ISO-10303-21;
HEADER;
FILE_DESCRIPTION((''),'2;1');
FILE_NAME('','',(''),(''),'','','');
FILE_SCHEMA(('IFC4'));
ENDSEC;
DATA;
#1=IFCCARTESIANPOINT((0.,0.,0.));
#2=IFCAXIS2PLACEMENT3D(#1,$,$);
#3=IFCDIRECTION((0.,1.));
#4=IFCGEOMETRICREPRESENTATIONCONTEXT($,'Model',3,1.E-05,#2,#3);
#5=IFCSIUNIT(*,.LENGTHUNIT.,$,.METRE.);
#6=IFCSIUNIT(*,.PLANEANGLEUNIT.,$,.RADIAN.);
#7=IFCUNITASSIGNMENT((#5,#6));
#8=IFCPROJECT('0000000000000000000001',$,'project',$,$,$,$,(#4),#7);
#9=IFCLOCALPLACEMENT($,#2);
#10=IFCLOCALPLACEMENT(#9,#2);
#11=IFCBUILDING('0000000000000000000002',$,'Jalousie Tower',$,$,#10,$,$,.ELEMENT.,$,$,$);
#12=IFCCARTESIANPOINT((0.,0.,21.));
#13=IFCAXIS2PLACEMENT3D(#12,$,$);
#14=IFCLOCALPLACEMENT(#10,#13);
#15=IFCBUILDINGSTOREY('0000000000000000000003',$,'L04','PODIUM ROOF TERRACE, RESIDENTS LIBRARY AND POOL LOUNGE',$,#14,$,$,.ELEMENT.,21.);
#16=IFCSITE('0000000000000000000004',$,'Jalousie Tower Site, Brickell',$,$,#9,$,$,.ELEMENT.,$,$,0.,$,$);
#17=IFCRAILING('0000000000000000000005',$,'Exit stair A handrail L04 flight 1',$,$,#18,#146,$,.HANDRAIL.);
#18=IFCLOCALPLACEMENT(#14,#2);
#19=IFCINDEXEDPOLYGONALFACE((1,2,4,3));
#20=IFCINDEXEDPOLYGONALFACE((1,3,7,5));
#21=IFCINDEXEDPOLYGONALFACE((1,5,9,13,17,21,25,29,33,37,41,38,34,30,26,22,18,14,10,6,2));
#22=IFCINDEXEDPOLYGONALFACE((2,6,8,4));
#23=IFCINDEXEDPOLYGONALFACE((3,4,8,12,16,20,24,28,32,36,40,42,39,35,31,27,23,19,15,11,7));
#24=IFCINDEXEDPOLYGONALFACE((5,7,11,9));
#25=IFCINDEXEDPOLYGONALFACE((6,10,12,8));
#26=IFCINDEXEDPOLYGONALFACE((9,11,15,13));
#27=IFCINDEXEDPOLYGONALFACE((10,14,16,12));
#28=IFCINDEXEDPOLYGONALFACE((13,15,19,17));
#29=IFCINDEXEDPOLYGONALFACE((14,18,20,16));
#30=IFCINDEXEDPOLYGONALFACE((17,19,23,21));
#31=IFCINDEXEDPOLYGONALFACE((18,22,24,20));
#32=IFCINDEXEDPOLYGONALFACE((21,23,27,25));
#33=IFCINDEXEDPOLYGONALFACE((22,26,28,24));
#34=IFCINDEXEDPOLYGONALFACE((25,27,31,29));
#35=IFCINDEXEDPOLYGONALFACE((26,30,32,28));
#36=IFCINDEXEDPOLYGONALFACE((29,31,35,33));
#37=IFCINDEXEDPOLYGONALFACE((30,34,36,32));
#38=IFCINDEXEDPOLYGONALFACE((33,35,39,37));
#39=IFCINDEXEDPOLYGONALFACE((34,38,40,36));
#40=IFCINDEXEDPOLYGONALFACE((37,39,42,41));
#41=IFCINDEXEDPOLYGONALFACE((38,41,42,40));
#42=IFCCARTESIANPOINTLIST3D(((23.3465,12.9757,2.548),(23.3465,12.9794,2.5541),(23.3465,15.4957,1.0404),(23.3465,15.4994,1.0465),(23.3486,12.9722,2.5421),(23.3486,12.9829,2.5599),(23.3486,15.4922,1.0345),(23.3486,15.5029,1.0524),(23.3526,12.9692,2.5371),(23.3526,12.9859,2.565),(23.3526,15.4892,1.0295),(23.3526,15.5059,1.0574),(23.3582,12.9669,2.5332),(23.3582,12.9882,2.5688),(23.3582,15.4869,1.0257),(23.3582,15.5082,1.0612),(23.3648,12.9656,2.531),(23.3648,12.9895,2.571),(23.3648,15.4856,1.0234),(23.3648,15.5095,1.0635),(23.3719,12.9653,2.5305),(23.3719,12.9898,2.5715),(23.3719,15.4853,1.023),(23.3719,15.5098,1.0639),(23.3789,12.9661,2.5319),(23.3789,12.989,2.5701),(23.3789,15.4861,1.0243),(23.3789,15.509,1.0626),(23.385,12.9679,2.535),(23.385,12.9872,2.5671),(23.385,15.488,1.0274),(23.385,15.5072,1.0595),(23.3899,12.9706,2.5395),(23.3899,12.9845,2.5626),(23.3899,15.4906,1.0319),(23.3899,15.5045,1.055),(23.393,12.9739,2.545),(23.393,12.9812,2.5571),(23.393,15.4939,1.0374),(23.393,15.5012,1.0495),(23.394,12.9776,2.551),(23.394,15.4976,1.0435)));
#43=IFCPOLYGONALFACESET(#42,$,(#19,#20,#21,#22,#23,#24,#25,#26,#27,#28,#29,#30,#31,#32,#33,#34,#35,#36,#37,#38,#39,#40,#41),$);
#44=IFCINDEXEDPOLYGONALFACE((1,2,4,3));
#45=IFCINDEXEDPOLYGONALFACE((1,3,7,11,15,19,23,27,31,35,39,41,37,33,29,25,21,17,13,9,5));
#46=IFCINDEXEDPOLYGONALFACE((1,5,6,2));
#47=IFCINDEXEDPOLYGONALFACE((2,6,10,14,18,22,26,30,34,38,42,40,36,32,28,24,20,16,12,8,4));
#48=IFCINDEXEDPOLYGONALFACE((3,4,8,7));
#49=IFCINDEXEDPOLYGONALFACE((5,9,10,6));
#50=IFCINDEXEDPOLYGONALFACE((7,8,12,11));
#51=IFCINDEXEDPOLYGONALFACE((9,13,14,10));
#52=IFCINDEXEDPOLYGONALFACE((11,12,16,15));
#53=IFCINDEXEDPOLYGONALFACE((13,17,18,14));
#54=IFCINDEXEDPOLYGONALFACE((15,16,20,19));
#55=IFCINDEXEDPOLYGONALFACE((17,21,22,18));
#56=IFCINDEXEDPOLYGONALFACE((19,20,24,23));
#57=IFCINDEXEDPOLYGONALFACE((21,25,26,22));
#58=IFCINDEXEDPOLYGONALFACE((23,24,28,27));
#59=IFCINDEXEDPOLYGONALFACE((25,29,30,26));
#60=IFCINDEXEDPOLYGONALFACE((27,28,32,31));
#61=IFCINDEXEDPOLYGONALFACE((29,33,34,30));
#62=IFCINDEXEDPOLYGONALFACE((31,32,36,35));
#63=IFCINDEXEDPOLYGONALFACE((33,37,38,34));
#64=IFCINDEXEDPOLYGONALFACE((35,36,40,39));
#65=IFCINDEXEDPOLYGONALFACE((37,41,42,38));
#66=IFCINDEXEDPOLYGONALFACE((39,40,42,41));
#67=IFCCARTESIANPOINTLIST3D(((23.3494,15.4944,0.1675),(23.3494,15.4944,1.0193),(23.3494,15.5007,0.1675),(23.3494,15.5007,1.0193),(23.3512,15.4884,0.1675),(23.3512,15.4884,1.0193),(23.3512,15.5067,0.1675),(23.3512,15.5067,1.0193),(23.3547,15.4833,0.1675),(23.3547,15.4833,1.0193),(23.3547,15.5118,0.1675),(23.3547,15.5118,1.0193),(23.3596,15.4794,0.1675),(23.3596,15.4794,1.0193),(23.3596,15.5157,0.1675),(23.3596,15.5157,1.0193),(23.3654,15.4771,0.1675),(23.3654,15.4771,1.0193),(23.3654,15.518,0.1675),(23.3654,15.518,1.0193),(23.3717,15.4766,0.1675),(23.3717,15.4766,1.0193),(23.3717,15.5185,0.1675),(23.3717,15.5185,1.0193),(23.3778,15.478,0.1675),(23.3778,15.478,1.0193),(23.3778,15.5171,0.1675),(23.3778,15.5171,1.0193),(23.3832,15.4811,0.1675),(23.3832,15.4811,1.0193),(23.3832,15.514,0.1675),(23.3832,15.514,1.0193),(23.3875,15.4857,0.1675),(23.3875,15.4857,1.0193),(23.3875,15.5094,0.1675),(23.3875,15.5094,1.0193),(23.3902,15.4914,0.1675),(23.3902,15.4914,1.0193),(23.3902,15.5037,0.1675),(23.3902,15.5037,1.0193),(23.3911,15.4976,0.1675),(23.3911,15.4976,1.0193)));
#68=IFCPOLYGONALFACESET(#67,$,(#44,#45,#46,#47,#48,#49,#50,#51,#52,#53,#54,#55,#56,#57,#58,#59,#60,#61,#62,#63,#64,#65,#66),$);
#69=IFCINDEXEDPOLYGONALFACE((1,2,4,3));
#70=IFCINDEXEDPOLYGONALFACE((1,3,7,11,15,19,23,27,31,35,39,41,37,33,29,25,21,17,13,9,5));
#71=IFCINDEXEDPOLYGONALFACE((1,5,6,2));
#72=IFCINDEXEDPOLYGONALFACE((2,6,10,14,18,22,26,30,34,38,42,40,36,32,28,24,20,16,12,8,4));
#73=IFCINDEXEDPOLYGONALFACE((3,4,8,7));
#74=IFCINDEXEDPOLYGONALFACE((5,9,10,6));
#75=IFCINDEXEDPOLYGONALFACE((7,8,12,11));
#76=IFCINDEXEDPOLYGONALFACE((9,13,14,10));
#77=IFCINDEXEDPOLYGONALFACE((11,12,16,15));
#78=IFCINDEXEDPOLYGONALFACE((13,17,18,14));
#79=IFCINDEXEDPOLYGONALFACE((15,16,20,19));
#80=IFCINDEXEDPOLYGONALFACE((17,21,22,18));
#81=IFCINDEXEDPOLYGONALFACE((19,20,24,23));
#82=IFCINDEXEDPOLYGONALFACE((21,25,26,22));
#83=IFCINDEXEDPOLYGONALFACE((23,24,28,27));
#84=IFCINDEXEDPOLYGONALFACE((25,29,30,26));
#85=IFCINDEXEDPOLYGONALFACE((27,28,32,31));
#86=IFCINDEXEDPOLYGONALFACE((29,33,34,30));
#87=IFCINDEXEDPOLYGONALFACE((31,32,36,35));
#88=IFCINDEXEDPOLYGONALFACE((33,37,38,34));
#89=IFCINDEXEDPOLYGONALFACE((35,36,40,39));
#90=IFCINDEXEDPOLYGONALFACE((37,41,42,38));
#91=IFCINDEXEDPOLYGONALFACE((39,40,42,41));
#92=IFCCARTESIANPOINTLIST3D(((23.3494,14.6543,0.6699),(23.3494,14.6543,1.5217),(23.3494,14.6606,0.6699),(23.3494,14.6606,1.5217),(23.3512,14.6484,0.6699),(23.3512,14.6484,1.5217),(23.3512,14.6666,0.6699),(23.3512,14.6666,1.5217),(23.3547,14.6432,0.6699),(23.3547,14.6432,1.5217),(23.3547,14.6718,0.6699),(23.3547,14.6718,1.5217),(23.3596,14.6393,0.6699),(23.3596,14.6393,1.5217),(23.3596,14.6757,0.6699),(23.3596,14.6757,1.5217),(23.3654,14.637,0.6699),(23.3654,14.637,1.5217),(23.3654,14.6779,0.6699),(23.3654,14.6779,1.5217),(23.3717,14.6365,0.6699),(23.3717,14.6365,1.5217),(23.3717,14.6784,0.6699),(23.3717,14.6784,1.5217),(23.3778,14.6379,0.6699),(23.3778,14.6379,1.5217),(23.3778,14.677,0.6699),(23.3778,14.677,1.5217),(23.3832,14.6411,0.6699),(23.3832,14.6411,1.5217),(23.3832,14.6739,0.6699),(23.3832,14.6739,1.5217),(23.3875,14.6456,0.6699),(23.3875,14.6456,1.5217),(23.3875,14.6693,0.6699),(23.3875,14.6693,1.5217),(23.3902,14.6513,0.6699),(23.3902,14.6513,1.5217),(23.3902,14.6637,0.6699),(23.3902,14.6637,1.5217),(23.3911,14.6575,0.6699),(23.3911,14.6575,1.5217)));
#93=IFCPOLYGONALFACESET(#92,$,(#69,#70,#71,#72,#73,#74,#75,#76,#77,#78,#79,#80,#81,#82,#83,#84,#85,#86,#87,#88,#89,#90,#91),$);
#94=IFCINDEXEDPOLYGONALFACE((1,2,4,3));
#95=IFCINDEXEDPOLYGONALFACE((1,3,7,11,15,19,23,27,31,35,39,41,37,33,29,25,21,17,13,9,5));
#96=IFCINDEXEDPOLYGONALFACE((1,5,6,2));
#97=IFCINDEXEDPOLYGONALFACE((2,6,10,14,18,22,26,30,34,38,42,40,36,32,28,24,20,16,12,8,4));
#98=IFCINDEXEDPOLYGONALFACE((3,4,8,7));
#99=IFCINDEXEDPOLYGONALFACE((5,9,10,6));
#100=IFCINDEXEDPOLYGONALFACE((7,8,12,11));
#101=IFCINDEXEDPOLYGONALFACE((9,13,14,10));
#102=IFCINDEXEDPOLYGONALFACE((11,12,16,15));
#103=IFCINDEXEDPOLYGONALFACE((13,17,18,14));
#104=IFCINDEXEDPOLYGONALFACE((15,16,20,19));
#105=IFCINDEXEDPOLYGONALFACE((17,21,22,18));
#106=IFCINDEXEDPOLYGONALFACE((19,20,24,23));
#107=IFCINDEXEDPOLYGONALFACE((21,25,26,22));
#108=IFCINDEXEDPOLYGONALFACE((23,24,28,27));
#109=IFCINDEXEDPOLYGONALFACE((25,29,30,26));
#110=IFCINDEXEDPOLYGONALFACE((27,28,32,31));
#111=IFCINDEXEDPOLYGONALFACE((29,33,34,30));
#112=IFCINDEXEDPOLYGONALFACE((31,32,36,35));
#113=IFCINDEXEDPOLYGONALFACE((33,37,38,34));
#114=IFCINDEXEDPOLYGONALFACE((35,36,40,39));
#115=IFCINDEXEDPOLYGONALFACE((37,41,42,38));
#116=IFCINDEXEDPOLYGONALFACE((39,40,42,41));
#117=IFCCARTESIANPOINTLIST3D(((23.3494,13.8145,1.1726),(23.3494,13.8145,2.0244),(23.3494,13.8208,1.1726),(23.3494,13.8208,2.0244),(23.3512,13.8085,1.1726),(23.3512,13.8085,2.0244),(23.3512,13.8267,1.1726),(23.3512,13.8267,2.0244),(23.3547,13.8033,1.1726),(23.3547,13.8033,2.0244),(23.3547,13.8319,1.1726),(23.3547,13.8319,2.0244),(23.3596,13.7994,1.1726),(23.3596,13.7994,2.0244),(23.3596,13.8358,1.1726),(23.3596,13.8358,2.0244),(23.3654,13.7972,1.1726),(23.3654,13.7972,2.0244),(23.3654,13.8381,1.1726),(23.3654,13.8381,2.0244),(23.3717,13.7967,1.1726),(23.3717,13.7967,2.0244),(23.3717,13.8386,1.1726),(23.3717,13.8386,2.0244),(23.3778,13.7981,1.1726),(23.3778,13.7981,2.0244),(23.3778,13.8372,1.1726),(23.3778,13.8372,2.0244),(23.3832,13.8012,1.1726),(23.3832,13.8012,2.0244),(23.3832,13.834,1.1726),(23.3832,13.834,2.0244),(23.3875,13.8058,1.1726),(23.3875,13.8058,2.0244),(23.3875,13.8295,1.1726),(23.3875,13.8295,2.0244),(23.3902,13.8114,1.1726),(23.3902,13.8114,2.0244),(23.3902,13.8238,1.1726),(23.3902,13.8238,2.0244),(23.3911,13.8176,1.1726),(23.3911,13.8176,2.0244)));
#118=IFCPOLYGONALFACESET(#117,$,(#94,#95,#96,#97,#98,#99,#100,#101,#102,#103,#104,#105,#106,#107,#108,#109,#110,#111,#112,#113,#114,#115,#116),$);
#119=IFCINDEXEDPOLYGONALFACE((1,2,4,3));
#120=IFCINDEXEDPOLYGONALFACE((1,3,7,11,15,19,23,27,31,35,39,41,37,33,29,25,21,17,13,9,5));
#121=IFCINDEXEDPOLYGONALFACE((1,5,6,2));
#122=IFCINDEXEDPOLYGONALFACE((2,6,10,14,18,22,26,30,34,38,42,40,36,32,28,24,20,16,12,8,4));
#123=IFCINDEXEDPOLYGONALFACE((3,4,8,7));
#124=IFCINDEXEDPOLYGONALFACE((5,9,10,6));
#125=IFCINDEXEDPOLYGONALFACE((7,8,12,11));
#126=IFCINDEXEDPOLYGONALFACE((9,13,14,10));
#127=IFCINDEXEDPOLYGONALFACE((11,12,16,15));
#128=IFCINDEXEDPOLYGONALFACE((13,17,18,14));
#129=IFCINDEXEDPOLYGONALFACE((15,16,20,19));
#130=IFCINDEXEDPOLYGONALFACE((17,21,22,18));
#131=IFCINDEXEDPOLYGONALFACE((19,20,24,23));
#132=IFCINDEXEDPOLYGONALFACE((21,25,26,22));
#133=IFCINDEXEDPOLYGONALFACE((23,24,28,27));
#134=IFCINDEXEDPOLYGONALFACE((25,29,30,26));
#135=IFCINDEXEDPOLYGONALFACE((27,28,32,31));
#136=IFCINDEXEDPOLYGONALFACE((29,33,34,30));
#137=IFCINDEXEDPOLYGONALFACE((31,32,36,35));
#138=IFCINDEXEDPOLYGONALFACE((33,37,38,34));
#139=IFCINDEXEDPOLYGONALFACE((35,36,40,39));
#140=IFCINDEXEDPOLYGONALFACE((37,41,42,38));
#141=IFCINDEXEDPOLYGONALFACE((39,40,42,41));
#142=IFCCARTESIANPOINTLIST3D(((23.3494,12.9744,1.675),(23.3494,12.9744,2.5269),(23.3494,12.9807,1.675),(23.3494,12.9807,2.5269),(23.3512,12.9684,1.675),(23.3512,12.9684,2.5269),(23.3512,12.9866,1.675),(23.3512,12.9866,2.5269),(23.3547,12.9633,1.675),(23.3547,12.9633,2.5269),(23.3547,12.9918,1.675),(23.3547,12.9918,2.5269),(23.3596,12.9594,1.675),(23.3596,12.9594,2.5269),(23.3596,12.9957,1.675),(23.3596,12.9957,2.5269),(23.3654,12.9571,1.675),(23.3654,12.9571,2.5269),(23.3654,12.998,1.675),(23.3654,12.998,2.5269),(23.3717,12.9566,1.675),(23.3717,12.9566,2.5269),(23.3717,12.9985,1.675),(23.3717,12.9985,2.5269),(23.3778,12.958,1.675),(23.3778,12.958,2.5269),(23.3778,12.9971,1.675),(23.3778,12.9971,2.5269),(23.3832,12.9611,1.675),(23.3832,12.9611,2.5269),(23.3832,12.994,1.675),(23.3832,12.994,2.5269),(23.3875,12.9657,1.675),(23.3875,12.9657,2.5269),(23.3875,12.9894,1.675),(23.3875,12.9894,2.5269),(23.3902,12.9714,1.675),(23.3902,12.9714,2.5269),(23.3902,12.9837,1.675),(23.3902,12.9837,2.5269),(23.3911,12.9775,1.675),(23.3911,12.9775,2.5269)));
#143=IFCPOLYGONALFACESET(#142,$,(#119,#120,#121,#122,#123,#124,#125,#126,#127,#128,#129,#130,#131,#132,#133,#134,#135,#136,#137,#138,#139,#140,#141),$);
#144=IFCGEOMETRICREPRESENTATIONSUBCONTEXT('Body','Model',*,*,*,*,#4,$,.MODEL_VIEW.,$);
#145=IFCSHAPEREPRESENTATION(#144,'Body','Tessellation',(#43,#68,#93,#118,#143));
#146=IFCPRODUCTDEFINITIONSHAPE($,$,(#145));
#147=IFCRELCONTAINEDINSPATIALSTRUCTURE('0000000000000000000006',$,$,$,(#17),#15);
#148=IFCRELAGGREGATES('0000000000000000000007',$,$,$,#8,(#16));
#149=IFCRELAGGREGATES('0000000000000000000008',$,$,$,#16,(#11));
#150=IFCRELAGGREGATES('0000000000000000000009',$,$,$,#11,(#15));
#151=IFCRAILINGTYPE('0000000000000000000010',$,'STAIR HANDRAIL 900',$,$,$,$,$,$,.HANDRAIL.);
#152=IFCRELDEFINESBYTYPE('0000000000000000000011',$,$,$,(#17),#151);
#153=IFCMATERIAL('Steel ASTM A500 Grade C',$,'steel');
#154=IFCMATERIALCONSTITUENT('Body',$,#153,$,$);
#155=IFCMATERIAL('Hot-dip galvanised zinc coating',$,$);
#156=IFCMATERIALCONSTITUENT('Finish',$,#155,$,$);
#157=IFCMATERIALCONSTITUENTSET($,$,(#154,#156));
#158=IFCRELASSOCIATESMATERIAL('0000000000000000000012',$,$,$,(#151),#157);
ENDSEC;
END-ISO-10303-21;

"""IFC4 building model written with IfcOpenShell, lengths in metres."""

from ifc_helpers import new_model, si_unit, direction, frame, origin, origin_2d, place, context, subcontext, project, spatial, circle, extrude, material, constituent, constituent_set, type_object, element, save


model = new_model("IFC4")

# Units and contexts
model_context = context("Model", 3, precision=1e-05, world=origin(), true_north=direction((0.0, 1.0)))
body_context = subcontext(model_context, "Body", "Model", "MODEL_VIEW")
ifc_project = project(units=[si_unit("LENGTHUNIT", "METRE"), si_unit("PLANEANGLEUNIT", "RADIAN")], contexts=[model_context])

# Site, building, storey
site_placement = place(None, origin())
site = spatial("IfcSite", under=ifc_project, at=site_placement, Name="Jalousie Tower Site, Brickell", CompositionType="ELEMENT", RefElevation=0.0)
building_placement = place(site_placement, origin())
building = spatial("IfcBuilding", under=site, at=building_placement, Name="Jalousie Tower", CompositionType="ELEMENT")
storey_placement = place(building_placement, frame((0.0, 0.0, 21.0)))
storey = spatial("IfcBuildingStorey", under=building, at=storey_placement, Name="L04", Description="PODIUM ROOF TERRACE, RESIDENTS LIBRARY AND POOL LOUNGE", CompositionType="ELEMENT", Elevation=21.0)

# Railing
ifc_material_1 = material(Name="Steel ASTM A500 Grade C", Category="steel")
ifc_constituent_1 = constituent(ifc_material_1, Name="Body")
ifc_material_2 = material(Name="Hot-dip galvanised zinc coating")
ifc_constituent_2 = constituent(ifc_material_2, Name="Finish")
ifc_constituent_set_1 = constituent_set(constituents=[ifc_constituent_1, ifc_constituent_2])
railing_type_1 = type_object("IfcRailingType", Name="STAIR HANDRAIL 900", PredefinedType="HANDRAIL", material=ifc_constituent_set_1)
railing_1_placement = place(storey_placement, frame((23.3701, 15.4976, 0.1675)))
element("IfcRailing", 1, at=railing_1_placement, inside=storey, type_object=railing_type_1, Name="Exit stair A handrail L04 flight 1", PredefinedType="HANDRAIL", context=body_context, shape_type="SweptSolid", body=[
    extrude(circle(Radius=0.0239, at=origin_2d()), frame((0.0, 0.0, 0.876), z_axis=(0.0, -0.85816, 0.513383), x_axis=(1.0, 0.0, 0.0)), (0.0, 0.0, 1.0), 2.9365),
    extrude(circle(Radius=0.021, at=origin_2d()), origin(), (0.0, 0.0, 1.0), 0.8518),
    extrude(circle(Radius=0.021, at=origin_2d()), frame((0.0, -0.8401, 0.5024)), (0.0, 0.0, 1.0), 0.8518),
    extrude(circle(Radius=0.021, at=origin_2d()), frame((0.0, -1.6799, 1.0051)), (0.0, 0.0, 1.0), 0.8518),
    extrude(circle(Radius=0.021, at=origin_2d()), frame((0.0, -2.52, 1.5076)), (0.0, 0.0, 1.0), 0.8518),
])

save(model, "model.ifc")
